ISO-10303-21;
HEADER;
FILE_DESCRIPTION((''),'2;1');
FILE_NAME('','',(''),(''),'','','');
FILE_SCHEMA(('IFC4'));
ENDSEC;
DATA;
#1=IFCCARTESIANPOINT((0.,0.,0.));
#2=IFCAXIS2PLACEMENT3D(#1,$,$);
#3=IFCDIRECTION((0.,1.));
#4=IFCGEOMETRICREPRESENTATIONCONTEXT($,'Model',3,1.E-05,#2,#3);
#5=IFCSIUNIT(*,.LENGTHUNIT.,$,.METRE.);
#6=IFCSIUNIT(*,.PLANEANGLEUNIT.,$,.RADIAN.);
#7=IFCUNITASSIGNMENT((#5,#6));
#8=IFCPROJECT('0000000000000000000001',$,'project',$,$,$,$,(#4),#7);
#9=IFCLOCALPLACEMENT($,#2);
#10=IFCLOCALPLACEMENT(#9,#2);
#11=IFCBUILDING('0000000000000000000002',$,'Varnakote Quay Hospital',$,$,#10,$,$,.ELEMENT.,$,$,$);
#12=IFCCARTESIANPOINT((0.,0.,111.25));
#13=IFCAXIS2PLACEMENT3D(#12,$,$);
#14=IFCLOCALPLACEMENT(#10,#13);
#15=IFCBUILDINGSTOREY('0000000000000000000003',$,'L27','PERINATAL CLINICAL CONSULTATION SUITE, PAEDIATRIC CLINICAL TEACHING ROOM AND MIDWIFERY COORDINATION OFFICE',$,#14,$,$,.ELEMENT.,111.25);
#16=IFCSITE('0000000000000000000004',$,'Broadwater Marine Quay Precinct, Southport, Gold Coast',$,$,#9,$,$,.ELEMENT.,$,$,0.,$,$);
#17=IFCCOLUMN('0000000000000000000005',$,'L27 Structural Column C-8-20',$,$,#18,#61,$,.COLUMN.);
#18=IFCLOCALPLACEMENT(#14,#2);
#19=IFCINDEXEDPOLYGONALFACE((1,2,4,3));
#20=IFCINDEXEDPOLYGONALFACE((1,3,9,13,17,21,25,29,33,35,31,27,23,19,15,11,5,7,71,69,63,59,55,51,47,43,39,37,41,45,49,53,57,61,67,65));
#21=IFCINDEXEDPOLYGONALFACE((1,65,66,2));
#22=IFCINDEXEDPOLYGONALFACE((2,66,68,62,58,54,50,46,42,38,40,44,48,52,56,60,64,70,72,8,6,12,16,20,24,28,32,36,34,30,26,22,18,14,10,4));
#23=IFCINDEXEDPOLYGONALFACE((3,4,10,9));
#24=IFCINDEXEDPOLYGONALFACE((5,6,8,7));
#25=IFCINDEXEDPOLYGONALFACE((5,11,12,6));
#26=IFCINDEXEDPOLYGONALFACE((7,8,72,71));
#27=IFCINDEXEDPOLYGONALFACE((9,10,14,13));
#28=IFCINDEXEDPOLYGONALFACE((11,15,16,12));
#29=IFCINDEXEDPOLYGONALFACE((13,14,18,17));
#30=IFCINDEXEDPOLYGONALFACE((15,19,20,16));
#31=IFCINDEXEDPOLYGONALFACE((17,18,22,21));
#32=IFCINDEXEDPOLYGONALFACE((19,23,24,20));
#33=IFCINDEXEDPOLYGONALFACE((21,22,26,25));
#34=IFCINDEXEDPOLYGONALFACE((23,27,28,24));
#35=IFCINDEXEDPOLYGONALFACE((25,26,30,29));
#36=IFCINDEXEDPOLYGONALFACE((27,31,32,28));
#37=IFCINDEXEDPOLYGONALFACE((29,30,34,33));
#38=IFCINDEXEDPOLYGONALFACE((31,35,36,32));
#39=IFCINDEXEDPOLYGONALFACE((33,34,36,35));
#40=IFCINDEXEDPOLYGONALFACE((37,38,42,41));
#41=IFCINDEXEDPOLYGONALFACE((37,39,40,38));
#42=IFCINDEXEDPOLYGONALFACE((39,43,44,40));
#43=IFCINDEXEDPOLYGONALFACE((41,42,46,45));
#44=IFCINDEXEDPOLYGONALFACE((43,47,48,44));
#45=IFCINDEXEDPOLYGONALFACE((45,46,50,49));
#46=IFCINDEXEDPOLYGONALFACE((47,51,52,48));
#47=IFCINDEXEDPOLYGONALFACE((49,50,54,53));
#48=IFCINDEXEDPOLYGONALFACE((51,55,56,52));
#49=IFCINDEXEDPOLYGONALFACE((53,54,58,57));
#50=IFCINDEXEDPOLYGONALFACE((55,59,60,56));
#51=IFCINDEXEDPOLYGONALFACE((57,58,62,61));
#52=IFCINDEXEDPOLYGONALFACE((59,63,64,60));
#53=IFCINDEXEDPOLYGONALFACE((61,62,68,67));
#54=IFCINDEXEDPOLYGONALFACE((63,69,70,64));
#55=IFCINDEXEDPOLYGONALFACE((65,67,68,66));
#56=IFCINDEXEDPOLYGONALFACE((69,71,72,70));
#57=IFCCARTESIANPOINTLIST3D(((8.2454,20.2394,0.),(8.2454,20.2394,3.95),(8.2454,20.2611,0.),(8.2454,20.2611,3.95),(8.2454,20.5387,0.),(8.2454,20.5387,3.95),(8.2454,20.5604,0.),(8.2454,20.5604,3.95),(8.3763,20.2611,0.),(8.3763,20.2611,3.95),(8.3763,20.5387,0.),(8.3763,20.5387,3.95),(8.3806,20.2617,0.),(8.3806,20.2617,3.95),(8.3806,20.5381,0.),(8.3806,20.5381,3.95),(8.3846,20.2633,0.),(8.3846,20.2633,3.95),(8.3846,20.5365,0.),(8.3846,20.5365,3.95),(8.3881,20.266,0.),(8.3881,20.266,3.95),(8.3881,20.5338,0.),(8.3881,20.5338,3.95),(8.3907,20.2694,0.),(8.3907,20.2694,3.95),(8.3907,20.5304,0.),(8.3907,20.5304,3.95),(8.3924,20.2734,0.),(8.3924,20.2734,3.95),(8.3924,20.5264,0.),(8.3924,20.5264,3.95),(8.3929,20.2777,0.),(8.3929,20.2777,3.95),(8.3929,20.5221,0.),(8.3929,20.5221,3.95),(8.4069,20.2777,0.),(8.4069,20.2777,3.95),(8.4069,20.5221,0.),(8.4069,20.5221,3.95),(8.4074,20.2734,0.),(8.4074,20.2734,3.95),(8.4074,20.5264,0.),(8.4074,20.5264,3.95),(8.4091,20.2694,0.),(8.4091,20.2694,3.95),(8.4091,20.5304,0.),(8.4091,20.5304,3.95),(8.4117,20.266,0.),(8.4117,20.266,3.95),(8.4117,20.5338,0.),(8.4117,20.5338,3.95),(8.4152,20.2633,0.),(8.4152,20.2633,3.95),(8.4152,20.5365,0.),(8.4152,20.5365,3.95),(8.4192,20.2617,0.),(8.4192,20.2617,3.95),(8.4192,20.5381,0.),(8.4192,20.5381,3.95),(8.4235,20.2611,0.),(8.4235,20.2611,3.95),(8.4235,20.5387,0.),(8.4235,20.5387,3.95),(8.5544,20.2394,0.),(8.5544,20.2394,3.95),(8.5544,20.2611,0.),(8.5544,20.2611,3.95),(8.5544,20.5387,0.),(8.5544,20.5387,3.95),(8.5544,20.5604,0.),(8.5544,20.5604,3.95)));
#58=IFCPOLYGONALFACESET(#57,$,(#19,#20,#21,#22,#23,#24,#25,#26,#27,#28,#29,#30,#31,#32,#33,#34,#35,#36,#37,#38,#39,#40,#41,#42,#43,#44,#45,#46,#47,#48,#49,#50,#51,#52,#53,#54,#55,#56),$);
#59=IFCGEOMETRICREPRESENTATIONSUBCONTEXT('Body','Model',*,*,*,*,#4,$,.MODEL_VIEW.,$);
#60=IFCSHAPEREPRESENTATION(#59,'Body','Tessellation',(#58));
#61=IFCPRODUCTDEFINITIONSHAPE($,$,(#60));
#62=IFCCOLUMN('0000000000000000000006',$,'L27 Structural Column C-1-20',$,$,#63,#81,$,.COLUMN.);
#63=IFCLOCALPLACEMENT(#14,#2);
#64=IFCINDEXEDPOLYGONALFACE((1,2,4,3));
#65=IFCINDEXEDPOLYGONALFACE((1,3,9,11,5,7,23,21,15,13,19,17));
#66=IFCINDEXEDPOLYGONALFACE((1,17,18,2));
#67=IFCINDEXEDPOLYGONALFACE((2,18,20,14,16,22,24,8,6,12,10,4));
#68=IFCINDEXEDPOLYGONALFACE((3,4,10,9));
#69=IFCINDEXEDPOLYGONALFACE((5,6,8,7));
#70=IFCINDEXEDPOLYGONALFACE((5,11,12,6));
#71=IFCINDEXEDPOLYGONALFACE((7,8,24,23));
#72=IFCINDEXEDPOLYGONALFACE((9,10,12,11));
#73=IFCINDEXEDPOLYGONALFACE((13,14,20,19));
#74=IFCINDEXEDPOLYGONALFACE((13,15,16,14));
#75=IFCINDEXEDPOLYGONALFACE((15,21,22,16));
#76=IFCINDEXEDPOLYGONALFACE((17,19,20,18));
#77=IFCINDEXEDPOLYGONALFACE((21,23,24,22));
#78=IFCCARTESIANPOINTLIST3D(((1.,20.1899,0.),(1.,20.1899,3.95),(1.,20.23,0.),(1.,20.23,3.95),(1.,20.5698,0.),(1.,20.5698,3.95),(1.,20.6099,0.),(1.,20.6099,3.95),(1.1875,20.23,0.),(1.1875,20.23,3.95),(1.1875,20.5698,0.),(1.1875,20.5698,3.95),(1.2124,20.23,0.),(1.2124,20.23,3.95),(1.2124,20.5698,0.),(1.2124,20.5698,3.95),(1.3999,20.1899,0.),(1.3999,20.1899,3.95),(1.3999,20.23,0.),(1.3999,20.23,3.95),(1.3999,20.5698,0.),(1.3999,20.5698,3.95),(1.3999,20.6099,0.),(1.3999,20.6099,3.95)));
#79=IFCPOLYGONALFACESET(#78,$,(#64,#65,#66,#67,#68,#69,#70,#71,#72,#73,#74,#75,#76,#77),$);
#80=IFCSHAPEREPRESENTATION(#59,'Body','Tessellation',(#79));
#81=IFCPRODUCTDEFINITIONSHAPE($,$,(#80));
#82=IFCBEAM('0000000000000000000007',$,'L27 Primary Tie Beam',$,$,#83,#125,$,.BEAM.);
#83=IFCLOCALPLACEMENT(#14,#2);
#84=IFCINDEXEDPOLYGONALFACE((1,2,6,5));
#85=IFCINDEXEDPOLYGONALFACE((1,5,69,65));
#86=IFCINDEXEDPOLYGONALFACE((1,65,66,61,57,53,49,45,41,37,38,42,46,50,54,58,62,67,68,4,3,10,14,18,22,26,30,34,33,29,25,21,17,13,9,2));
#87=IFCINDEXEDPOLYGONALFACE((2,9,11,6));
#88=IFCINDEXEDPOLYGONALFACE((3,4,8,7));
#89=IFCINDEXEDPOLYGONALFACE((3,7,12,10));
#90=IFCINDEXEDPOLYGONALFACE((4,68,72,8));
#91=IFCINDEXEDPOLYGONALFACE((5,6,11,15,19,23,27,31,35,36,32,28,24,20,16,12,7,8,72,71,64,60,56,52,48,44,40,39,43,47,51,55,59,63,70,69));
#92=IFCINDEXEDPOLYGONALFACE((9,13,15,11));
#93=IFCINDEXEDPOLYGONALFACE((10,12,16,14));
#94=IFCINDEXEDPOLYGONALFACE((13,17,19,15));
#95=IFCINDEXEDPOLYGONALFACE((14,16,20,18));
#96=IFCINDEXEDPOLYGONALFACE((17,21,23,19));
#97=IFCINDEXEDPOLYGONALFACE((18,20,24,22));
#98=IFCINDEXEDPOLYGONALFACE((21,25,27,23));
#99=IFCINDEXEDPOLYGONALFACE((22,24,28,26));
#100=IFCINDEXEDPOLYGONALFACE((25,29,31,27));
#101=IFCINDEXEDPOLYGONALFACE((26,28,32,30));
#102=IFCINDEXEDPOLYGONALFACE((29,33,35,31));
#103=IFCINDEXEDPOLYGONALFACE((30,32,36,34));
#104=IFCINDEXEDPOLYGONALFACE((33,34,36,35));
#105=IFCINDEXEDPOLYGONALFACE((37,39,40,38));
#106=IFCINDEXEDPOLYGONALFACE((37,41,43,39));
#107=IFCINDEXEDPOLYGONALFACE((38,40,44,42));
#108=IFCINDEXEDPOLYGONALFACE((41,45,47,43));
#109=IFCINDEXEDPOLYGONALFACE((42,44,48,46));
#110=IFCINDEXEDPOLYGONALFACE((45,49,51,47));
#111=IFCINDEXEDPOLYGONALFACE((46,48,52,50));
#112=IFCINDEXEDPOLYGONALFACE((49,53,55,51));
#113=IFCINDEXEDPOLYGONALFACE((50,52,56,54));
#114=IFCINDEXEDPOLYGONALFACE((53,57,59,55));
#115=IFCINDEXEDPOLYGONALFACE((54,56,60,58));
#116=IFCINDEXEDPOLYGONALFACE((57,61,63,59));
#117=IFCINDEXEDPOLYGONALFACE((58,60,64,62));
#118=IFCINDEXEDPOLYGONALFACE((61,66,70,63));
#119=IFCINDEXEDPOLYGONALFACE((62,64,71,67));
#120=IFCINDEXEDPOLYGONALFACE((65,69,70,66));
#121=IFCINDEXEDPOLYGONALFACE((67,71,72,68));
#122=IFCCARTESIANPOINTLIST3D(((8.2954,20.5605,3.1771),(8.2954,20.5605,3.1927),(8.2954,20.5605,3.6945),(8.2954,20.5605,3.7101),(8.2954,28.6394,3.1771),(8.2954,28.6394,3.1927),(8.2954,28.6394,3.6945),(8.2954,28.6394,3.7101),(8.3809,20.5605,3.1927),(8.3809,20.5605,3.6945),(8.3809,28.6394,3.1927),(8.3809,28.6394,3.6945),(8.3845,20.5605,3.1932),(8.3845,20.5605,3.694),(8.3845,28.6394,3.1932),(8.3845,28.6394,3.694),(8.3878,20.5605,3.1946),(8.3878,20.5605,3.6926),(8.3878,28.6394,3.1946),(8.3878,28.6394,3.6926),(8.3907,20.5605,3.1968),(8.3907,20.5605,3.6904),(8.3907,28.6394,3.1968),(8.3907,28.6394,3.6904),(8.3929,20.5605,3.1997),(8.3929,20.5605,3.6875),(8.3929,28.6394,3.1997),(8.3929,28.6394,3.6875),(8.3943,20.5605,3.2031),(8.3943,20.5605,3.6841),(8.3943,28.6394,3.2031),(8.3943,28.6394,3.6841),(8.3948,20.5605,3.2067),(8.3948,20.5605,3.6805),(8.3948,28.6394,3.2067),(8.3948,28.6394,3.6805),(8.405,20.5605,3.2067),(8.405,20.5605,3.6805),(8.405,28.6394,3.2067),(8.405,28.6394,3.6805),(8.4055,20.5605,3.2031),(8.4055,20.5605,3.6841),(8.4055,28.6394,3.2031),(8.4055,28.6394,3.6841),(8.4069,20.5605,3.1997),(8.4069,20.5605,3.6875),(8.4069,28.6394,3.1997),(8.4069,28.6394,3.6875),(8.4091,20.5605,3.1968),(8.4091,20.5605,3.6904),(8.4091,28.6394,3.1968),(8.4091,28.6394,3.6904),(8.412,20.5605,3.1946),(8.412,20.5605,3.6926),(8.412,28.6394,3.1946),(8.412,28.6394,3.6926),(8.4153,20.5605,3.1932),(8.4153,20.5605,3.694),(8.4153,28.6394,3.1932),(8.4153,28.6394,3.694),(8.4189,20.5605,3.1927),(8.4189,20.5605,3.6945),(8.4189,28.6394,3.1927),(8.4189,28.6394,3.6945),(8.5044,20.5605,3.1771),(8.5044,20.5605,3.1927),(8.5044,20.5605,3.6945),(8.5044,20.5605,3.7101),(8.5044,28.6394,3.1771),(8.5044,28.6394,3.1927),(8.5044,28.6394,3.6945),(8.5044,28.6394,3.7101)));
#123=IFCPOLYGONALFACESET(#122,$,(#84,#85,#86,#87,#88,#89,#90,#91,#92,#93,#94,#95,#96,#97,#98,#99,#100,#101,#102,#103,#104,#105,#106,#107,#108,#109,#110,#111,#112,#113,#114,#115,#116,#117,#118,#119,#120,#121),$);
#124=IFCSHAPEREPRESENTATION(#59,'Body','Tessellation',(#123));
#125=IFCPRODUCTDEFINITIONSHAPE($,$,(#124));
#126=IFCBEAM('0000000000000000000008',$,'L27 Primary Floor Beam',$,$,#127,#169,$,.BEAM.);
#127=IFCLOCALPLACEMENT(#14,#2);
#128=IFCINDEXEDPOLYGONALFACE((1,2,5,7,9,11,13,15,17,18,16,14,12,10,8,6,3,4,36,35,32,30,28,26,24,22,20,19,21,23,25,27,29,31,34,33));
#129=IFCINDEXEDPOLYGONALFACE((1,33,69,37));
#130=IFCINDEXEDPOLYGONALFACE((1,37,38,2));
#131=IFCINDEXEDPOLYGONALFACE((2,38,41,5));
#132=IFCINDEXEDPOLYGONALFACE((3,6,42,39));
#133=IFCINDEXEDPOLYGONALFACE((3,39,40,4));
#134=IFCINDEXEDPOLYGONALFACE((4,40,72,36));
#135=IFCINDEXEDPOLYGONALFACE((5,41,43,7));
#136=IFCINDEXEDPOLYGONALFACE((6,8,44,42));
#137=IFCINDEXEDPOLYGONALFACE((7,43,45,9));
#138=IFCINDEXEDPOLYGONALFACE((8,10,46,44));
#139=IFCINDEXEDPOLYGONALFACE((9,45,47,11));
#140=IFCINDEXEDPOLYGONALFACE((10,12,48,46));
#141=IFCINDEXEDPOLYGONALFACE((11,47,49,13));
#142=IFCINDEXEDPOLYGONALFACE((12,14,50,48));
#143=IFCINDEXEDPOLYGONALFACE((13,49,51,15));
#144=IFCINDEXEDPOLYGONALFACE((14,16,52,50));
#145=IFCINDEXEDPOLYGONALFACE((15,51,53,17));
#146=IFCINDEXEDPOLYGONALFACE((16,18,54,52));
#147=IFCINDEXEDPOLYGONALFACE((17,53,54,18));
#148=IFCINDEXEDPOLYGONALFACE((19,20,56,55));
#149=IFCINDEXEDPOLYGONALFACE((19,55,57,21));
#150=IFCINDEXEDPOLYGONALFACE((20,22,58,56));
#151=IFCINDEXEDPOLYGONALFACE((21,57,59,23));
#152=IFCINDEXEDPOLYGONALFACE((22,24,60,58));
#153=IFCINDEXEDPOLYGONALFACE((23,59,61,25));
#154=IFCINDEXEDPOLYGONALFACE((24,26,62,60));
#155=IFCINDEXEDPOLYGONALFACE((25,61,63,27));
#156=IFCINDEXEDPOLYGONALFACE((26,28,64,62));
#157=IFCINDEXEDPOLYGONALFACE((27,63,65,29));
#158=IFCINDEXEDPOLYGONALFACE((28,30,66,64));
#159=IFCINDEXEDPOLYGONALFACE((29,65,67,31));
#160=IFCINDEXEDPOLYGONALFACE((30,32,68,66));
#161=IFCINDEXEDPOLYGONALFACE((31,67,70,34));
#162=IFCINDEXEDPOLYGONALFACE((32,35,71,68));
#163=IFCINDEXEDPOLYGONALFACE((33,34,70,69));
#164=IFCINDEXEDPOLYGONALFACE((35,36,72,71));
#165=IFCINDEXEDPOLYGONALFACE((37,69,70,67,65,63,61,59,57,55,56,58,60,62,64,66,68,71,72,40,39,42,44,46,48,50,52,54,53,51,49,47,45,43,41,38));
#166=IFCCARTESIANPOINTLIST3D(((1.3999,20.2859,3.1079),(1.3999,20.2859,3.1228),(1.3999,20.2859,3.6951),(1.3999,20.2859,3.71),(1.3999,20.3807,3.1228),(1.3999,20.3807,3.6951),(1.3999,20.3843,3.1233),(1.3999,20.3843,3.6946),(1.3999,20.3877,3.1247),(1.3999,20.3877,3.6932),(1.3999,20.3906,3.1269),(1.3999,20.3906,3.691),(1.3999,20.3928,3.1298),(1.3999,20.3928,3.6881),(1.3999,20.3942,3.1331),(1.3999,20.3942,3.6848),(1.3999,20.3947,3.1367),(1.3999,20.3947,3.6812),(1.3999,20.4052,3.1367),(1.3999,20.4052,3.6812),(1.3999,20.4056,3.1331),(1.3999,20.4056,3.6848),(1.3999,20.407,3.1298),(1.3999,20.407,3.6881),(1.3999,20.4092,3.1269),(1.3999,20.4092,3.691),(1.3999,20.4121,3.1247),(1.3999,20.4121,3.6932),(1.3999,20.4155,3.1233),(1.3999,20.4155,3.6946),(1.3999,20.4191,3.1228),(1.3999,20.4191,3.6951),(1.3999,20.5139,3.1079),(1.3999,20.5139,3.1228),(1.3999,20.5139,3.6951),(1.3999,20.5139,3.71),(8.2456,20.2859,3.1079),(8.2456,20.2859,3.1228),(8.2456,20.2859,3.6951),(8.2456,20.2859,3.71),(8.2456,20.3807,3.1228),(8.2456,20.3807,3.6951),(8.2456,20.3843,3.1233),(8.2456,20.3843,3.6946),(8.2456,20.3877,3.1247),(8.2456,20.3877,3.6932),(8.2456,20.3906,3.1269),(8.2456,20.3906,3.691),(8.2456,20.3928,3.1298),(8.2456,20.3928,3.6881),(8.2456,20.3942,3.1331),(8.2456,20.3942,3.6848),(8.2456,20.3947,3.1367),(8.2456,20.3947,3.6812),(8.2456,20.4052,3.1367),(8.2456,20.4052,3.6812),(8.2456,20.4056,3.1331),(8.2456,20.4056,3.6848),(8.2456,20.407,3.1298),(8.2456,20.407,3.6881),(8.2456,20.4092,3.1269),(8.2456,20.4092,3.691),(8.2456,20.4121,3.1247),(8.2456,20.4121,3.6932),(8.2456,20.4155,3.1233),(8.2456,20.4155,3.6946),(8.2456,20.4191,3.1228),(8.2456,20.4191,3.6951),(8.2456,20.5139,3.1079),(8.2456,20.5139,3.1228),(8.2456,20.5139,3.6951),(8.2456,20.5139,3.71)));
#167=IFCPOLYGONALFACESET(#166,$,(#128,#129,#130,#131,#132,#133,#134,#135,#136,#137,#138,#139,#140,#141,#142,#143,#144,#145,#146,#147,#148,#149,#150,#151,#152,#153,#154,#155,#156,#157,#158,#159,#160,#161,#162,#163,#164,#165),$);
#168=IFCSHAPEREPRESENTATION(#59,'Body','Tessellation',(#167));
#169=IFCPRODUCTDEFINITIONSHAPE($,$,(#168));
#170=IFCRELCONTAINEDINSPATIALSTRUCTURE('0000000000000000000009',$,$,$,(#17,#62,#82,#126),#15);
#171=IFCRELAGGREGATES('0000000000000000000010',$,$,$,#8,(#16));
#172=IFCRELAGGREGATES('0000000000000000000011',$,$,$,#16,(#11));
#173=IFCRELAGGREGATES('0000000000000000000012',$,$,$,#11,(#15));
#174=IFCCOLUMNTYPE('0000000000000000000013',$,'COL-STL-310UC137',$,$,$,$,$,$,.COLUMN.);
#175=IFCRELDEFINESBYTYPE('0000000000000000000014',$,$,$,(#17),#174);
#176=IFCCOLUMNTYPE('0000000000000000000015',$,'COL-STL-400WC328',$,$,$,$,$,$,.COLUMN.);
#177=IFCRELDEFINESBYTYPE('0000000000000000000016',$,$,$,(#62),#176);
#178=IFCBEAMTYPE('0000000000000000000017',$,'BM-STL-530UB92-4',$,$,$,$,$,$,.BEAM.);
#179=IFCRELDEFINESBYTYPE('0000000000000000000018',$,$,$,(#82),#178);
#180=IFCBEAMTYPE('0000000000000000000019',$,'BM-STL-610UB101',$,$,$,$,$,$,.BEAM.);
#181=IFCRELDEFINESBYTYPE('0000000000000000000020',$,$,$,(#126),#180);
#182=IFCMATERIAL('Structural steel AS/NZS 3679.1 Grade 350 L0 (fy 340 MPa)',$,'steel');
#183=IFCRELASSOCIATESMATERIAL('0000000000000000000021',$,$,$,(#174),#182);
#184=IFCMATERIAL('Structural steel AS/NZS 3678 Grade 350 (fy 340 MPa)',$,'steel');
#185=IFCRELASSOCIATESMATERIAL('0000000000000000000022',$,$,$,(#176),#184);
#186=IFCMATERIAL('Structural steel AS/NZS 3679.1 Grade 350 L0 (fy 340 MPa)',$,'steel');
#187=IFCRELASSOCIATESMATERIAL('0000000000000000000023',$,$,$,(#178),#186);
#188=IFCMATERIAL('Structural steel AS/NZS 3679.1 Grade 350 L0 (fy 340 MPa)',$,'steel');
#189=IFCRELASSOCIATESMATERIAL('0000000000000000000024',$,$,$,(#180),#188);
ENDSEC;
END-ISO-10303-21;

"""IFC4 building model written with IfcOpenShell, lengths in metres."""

from ifc_helpers import new_model, si_unit, direction, frame, origin, origin_2d, place, context, subcontext, project, spatial, i_section, extrude, material, material_profile, profile_set, type_object, element, save


model = new_model("IFC4")

# Units and contexts
model_context = context("Model", 3, precision=1e-05, world=origin(), true_north=direction((0.0, 1.0)))
body_context = subcontext(model_context, "Body", "Model", "MODEL_VIEW")
ifc_project = project(units=[si_unit("LENGTHUNIT", "METRE"), si_unit("PLANEANGLEUNIT", "RADIAN")], contexts=[model_context])

# Site, building, storey
site_placement = place(None, origin())
site = spatial("IfcSite", under=ifc_project, at=site_placement, Name="Broadwater Marine Quay Precinct, Southport, Gold Coast", CompositionType="ELEMENT", RefElevation=0.0)
building_placement = place(site_placement, origin())
building = spatial("IfcBuilding", under=site, at=building_placement, Name="Varnakote Quay Hospital", CompositionType="ELEMENT")
storey_placement = place(building_placement, frame((0.0, 0.0, 111.25)))
storey = spatial("IfcBuildingStorey", under=building, at=storey_placement, Name="L27", Description="PERINATAL CLINICAL CONSULTATION SUITE, PAEDIATRIC CLINICAL TEACHING ROOM AND MIDWIFERY COORDINATION OFFICE", CompositionType="ELEMENT", Elevation=111.25)

# Columns
ifc_material_1 = material(Name="Structural steel AS/NZS 3679.1 Grade 350 L0 (fy 340 MPa)", Category="steel")
ifc_material_profile_1 = material_profile(ifc_material_1, i_section(OverallWidth=0.3091, OverallDepth=0.321, WebThickness=0.0139, FlangeThickness=0.0217, FilletRadius=0.0166, at=origin_2d()), Name="310UC137")
ifc_profile_set_1 = profile_set([ifc_material_profile_1], Name="Structural steel AS/NZS 3679.1 Grade 350 L0 (fy 340 MPa)")
column_type_1 = type_object("IfcColumnType", Name="COL-STL-310UC137", PredefinedType="COLUMN", material=ifc_profile_set_1)
column_1_placement = place(storey_placement, frame((8.3999, 20.3999, 0.0), z_axis=(0.0, 0.0, 1.0), x_axis=(1.0, 0.0, 0.0)))
element("IfcColumn", 1, at=column_1_placement, inside=storey, type_object=column_type_1, Name="L27 Structural Column C-8-20", PredefinedType="COLUMN", context=body_context, shape_type="SweptSolid", body=[
    extrude(i_section(OverallWidth=0.3091, OverallDepth=0.321, WebThickness=0.0139, FlangeThickness=0.0217, FilletRadius=0.0166, at=origin_2d()), origin(), (0.0, 0.0, 1.0), 3.95),
])
ifc_material_2 = material(Name="Structural steel AS/NZS 3678 Grade 350 (fy 340 MPa)", Category="steel")
ifc_material_profile_2 = material_profile(ifc_material_2, i_section(OverallWidth=0.3999, OverallDepth=0.4199, WebThickness=0.0249, FlangeThickness=0.04, at=origin_2d()), Name="400WC328")
ifc_profile_set_2 = profile_set([ifc_material_profile_2], Name="Structural steel AS/NZS 3678 Grade 350 (fy 340 MPa)")
column_type_2 = type_object("IfcColumnType", Name="COL-STL-400WC328", PredefinedType="COLUMN", material=ifc_profile_set_2)
column_2_placement = place(storey_placement, frame((1.2, 20.3999, 0.0), z_axis=(0.0, 0.0, 1.0), x_axis=(1.0, 0.0, 0.0)))
element("IfcColumn", 2, at=column_2_placement, inside=storey, type_object=column_type_2, Name="L27 Structural Column C-1-20", PredefinedType="COLUMN", context=body_context, shape_type="SweptSolid", body=[
    extrude(i_section(OverallWidth=0.3999, OverallDepth=0.4199, WebThickness=0.0249, FlangeThickness=0.04, at=origin_2d()), origin(), (0.0, 0.0, 1.0), 3.95),
])

# Beams
ifc_material_3 = material(Name="Structural steel AS/NZS 3679.1 Grade 350 L0 (fy 340 MPa)", Category="steel")
ifc_material_profile_3 = material_profile(ifc_material_3, i_section(OverallWidth=0.209, OverallDepth=0.533, WebThickness=0.0103, FlangeThickness=0.0156, FilletRadius=0.0139, at=origin_2d()), Name="530UB92.4")
ifc_profile_set_3 = profile_set([ifc_material_profile_3], Name="Structural steel AS/NZS 3679.1 Grade 350 L0 (fy 340 MPa)")
beam_type_1 = type_object("IfcBeamType", Name="BM-STL-530UB92-4", PredefinedType="BEAM", material=ifc_profile_set_3)
beam_1_placement = place(storey_placement, frame((8.3999, 20.5605, 3.4436), z_axis=(0.0, 1.0, 0.0), x_axis=(-1.0, 0.0, 0.0)))
element("IfcBeam", 3, at=beam_1_placement, inside=storey, type_object=beam_type_1, Name="L27 Primary Tie Beam", PredefinedType="BEAM", context=body_context, shape_type="SweptSolid", body=[
    extrude(i_section(OverallWidth=0.209, OverallDepth=0.533, WebThickness=0.0103, FlangeThickness=0.0156, FilletRadius=0.0139, at=origin_2d()), origin(), (0.0, 0.0, 1.0), 8.0789),
])
ifc_material_4 = material(Name="Structural steel AS/NZS 3679.1 Grade 350 L0 (fy 340 MPa)", Category="steel")
ifc_material_profile_4 = material_profile(ifc_material_4, i_section(OverallWidth=0.228, OverallDepth=0.6021, WebThickness=0.0105, FlangeThickness=0.0149, FilletRadius=0.0139, at=origin_2d()), Name="610UB101")
ifc_profile_set_4 = profile_set([ifc_material_profile_4], Name="Structural steel AS/NZS 3679.1 Grade 350 L0 (fy 340 MPa)")
beam_type_2 = type_object("IfcBeamType", Name="BM-STL-610UB101", PredefinedType="BEAM", material=ifc_profile_set_4)
beam_2_placement = place(storey_placement, frame((1.3999, 20.3999, 3.4089), z_axis=(1.0, 0.0, 0.0), x_axis=(0.0, 1.0, 0.0)))
element("IfcBeam", 4, at=beam_2_placement, inside=storey, type_object=beam_type_2, Name="L27 Primary Floor Beam", PredefinedType="BEAM", context=body_context, shape_type="SweptSolid", body=[
    extrude(i_section(OverallWidth=0.228, OverallDepth=0.6021, WebThickness=0.0105, FlangeThickness=0.0149, FilletRadius=0.0139, at=origin_2d()), origin(), (0.0, 0.0, 1.0), 6.8457),
])

save(model, "model.ifc")
